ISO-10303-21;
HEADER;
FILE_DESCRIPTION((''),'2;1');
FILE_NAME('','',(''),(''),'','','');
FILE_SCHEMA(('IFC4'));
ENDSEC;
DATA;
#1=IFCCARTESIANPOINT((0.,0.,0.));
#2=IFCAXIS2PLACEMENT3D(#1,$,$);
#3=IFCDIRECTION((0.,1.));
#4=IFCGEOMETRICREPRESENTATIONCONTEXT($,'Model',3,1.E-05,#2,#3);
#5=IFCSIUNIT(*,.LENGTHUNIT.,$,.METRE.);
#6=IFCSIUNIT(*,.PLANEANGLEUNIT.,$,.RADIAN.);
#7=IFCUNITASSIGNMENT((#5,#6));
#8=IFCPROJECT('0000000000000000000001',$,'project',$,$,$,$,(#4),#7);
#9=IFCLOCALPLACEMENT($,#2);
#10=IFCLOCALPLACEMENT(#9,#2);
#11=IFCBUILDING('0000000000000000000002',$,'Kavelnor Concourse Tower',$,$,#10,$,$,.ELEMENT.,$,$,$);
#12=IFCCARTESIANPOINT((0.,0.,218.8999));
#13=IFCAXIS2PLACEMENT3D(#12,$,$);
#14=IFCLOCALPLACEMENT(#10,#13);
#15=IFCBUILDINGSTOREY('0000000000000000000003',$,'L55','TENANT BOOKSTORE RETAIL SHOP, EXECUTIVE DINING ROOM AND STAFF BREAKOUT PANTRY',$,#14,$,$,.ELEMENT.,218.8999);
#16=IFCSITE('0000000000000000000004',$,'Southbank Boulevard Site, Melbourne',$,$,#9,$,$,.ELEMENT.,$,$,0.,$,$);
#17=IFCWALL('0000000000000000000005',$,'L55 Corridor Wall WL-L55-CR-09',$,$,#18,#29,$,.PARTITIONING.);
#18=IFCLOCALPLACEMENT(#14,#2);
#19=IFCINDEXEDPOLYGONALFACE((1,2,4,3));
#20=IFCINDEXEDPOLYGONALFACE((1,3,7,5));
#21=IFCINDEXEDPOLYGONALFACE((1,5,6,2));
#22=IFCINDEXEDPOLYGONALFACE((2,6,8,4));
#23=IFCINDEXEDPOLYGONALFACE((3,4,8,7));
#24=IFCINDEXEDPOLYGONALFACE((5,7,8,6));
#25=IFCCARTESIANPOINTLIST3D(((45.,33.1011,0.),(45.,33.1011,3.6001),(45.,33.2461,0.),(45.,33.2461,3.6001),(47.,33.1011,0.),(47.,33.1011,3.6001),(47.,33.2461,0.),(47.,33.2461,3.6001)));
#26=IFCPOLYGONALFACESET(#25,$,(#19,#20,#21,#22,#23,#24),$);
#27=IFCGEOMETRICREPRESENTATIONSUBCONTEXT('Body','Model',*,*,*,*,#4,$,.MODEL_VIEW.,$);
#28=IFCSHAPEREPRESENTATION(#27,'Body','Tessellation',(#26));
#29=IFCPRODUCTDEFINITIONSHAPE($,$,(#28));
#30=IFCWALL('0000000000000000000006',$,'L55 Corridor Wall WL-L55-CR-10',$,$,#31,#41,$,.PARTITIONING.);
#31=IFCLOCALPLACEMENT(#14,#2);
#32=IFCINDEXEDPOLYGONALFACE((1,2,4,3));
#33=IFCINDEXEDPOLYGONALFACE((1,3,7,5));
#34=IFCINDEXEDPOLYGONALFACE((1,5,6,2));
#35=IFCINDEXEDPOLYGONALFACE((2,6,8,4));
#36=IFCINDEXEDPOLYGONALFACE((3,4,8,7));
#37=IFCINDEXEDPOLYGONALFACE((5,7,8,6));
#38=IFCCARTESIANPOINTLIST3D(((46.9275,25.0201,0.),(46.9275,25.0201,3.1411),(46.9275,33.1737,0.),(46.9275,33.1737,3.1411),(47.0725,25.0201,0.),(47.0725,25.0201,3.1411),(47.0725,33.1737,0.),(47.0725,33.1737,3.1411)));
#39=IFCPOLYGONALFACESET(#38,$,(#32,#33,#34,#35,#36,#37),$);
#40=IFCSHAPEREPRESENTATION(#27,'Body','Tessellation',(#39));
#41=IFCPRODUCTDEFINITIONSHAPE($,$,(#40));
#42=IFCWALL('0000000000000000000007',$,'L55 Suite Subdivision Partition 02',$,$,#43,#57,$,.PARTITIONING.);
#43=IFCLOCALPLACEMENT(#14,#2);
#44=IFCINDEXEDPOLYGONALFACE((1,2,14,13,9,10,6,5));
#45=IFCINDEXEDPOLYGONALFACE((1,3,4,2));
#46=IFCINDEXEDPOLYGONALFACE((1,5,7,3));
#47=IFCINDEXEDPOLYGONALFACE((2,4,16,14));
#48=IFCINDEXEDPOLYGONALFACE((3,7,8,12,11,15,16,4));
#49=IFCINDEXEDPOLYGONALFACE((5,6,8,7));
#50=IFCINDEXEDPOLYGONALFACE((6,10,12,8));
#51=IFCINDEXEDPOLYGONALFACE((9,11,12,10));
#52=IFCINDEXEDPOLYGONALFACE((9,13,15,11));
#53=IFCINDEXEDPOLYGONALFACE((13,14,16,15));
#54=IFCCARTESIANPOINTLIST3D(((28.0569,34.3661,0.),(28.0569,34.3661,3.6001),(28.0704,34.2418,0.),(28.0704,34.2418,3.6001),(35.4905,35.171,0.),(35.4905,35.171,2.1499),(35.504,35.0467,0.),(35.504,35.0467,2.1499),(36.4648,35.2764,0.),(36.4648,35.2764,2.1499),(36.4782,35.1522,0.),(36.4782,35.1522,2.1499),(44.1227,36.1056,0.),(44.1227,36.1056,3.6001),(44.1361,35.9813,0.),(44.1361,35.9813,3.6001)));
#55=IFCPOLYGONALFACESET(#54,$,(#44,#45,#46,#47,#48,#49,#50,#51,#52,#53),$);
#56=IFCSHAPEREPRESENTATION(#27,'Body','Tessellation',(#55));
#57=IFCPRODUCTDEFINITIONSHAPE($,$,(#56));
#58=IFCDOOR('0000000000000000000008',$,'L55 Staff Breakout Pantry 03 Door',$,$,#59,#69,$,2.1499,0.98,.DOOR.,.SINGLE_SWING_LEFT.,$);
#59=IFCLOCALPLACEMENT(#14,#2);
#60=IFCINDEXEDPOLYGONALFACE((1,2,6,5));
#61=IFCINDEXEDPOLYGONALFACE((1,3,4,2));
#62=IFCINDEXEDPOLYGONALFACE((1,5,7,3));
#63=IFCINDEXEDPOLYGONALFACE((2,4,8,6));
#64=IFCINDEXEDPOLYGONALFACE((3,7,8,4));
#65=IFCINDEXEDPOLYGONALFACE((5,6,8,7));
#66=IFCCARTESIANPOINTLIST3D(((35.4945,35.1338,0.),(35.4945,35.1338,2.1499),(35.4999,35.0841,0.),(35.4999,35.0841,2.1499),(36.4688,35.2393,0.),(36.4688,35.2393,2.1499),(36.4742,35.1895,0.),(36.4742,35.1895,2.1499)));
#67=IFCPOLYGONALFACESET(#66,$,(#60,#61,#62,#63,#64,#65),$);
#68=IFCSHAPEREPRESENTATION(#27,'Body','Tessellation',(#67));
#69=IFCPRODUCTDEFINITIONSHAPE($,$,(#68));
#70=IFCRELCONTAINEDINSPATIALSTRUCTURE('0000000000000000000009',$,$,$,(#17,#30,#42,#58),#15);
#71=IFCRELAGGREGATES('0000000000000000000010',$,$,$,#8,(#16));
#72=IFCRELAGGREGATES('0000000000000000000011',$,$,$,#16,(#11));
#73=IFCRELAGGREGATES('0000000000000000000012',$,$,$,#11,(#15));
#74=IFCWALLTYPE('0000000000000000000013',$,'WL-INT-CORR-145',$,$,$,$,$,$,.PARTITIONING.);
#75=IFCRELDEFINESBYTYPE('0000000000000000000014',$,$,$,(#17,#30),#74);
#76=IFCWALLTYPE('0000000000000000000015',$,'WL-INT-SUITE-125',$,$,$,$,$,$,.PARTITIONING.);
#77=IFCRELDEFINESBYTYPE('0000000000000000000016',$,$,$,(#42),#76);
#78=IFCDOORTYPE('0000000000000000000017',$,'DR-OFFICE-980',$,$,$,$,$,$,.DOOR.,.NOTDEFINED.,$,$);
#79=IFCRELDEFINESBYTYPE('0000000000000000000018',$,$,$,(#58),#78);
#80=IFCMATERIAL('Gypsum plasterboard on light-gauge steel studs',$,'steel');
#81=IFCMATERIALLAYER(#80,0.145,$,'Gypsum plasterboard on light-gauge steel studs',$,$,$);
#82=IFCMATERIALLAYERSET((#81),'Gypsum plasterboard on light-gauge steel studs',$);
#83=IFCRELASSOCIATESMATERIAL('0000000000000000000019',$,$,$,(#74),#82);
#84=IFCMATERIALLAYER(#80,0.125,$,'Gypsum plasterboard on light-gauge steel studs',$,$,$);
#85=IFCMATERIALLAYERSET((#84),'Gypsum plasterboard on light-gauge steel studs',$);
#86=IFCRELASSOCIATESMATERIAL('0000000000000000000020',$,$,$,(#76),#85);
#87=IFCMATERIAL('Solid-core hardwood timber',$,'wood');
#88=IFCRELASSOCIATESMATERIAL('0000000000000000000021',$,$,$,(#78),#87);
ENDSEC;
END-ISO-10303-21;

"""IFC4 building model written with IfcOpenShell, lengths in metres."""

from ifc_helpers import new_model, si_unit, direction, frame, frame_2d, origin, place, context, subcontext, project, spatial, rectangle, extrude, material, layer, layer_set, type_object, element, fill, save


model = new_model("IFC4")

# Units and contexts
model_context = context("Model", 3, precision=1e-05, world=origin(), true_north=direction((0.0, 1.0)))
body_context = subcontext(model_context, "Body", "Model", "MODEL_VIEW")
ifc_project = project(units=[si_unit("LENGTHUNIT", "METRE"), si_unit("PLANEANGLEUNIT", "RADIAN")], contexts=[model_context])

# Site, building, storey
site_placement = place(None, origin())
site = spatial("IfcSite", under=ifc_project, at=site_placement, Name="Southbank Boulevard Site, Melbourne", CompositionType="ELEMENT", RefElevation=0.0)
building_placement = place(site_placement, origin())
building = spatial("IfcBuilding", under=site, at=building_placement, Name="Kavelnor Concourse Tower", CompositionType="ELEMENT")
storey_placement = place(building_placement, frame((0.0, 0.0, 218.8999)))
storey = spatial("IfcBuildingStorey", under=building, at=storey_placement, Name="L55", Description="TENANT BOOKSTORE RETAIL SHOP, EXECUTIVE DINING ROOM AND STAFF BREAKOUT PANTRY", CompositionType="ELEMENT", Elevation=218.8999)

# Walls
ifc_material_1 = material(Name="Gypsum plasterboard on light-gauge steel studs", Category="steel")
ifc_layer_1 = layer(ifc_material_1, 0.145, Name="Gypsum plasterboard on light-gauge steel studs")
ifc_layer_set_1 = layer_set([ifc_layer_1], Name="Gypsum plasterboard on light-gauge steel studs")
wall_type_1 = type_object("IfcWallType", Name="WL-INT-CORR-145", PredefinedType="PARTITIONING", material=ifc_layer_set_1)
wall_1_placement = place(storey_placement, frame((45.0, 33.1736, 0.0), z_axis=(0.0, 0.0, 1.0), x_axis=(1.0, 0.0, 0.0)))
element("IfcWall", 1, at=wall_1_placement, inside=storey, type_object=wall_type_1, Name="L55 Corridor Wall WL-L55-CR-09", PredefinedType="PARTITIONING", context=body_context, shape_type="SweptSolid", body=[
    extrude(rectangle(XDim=2.0, YDim=0.145, at=frame_2d((1.0, 0.0))), origin(), (0.0, 0.0, 1.0), 3.6001),
])
wall_2_placement = place(storey_placement, frame((47.0, 33.1736, 0.0), z_axis=(0.0, 0.0, 1.0), x_axis=(0.0, -1.0, 0.0)))
element("IfcWall", 2, at=wall_2_placement, inside=storey, type_object=wall_type_1, Name="L55 Corridor Wall WL-L55-CR-10", PredefinedType="PARTITIONING", context=body_context, shape_type="SweptSolid", body=[
    extrude(rectangle(XDim=8.1536, YDim=0.145, at=frame_2d((4.0767, 0.0))), origin(), (0.0, 0.0, 1.0), 3.1411),
])

# Wall, opening, door
ifc_layer_2 = layer(ifc_material_1, 0.125, Name="Gypsum plasterboard on light-gauge steel studs")
ifc_layer_set_2 = layer_set([ifc_layer_2], Name="Gypsum plasterboard on light-gauge steel studs")
wall_type_2 = type_object("IfcWallType", Name="WL-INT-SUITE-125", PredefinedType="PARTITIONING", material=ifc_layer_set_2)
wall_3_placement = place(storey_placement, frame((44.1294, 36.0435, 0.0), z_axis=(0.0, 0.0, 1.0), x_axis=(-0.994189, -0.107645, 0.0)))
wall_3 = element("IfcWall", 3, at=wall_3_placement, inside=storey, type_object=wall_type_2, Name="L55 Suite Subdivision Partition 02", PredefinedType="PARTITIONING", context=body_context, shape_type="SweptSolid", body=[
    extrude(rectangle(XDim=16.1597, YDim=0.125, at=frame_2d((8.0798, 0.0))), origin(), (0.0, 0.0, 1.0), 3.6001),
])
opening_1_placement = place(wall_3_placement, frame((7.7026, 0.0, 0.0)))
opening_1 = element("IfcOpeningElement", 4, at=opening_1_placement, cuts=wall_3, PredefinedType="OPENING", context=body_context, shape_type="SweptSolid", body=[
    extrude(rectangle(XDim=0.98, YDim=2.1499, at=frame_2d((0.49, 1.075))), frame((0.0, 0.0725, 0.0), z_axis=(0.0, -1.0, 0.0), x_axis=(1.0, 0.0, 0.0)), (0.0, 0.0, 1.0), 0.145),
])
ifc_material_2 = material(Name="Solid-core hardwood timber", Category="wood")
door_type = type_object("IfcDoorType", Name="DR-OFFICE-980", OperationType="NOTDEFINED", PredefinedType="DOOR", material=ifc_material_2)
door_placement = place(opening_1_placement, origin())
door = element("IfcDoor", 5, at=door_placement, inside=storey, type_object=door_type, Name="L55 Staff Breakout Pantry 03 Door", OperationType="SINGLE_SWING_LEFT", OverallHeight=2.1499, OverallWidth=0.98, PredefinedType="DOOR", context=body_context, shape_type="SweptSolid", body=[
    extrude(rectangle(XDim=0.98, YDim=2.1499, at=frame_2d((0.49, 1.075))), frame((0.0, 0.0249, 0.0), z_axis=(0.0, -1.0, 0.0), x_axis=(1.0, 0.0, 0.0)), (0.0, 0.0, 1.0), 0.05),
])
fill(opening_1, door)

save(model, "model.ifc")
